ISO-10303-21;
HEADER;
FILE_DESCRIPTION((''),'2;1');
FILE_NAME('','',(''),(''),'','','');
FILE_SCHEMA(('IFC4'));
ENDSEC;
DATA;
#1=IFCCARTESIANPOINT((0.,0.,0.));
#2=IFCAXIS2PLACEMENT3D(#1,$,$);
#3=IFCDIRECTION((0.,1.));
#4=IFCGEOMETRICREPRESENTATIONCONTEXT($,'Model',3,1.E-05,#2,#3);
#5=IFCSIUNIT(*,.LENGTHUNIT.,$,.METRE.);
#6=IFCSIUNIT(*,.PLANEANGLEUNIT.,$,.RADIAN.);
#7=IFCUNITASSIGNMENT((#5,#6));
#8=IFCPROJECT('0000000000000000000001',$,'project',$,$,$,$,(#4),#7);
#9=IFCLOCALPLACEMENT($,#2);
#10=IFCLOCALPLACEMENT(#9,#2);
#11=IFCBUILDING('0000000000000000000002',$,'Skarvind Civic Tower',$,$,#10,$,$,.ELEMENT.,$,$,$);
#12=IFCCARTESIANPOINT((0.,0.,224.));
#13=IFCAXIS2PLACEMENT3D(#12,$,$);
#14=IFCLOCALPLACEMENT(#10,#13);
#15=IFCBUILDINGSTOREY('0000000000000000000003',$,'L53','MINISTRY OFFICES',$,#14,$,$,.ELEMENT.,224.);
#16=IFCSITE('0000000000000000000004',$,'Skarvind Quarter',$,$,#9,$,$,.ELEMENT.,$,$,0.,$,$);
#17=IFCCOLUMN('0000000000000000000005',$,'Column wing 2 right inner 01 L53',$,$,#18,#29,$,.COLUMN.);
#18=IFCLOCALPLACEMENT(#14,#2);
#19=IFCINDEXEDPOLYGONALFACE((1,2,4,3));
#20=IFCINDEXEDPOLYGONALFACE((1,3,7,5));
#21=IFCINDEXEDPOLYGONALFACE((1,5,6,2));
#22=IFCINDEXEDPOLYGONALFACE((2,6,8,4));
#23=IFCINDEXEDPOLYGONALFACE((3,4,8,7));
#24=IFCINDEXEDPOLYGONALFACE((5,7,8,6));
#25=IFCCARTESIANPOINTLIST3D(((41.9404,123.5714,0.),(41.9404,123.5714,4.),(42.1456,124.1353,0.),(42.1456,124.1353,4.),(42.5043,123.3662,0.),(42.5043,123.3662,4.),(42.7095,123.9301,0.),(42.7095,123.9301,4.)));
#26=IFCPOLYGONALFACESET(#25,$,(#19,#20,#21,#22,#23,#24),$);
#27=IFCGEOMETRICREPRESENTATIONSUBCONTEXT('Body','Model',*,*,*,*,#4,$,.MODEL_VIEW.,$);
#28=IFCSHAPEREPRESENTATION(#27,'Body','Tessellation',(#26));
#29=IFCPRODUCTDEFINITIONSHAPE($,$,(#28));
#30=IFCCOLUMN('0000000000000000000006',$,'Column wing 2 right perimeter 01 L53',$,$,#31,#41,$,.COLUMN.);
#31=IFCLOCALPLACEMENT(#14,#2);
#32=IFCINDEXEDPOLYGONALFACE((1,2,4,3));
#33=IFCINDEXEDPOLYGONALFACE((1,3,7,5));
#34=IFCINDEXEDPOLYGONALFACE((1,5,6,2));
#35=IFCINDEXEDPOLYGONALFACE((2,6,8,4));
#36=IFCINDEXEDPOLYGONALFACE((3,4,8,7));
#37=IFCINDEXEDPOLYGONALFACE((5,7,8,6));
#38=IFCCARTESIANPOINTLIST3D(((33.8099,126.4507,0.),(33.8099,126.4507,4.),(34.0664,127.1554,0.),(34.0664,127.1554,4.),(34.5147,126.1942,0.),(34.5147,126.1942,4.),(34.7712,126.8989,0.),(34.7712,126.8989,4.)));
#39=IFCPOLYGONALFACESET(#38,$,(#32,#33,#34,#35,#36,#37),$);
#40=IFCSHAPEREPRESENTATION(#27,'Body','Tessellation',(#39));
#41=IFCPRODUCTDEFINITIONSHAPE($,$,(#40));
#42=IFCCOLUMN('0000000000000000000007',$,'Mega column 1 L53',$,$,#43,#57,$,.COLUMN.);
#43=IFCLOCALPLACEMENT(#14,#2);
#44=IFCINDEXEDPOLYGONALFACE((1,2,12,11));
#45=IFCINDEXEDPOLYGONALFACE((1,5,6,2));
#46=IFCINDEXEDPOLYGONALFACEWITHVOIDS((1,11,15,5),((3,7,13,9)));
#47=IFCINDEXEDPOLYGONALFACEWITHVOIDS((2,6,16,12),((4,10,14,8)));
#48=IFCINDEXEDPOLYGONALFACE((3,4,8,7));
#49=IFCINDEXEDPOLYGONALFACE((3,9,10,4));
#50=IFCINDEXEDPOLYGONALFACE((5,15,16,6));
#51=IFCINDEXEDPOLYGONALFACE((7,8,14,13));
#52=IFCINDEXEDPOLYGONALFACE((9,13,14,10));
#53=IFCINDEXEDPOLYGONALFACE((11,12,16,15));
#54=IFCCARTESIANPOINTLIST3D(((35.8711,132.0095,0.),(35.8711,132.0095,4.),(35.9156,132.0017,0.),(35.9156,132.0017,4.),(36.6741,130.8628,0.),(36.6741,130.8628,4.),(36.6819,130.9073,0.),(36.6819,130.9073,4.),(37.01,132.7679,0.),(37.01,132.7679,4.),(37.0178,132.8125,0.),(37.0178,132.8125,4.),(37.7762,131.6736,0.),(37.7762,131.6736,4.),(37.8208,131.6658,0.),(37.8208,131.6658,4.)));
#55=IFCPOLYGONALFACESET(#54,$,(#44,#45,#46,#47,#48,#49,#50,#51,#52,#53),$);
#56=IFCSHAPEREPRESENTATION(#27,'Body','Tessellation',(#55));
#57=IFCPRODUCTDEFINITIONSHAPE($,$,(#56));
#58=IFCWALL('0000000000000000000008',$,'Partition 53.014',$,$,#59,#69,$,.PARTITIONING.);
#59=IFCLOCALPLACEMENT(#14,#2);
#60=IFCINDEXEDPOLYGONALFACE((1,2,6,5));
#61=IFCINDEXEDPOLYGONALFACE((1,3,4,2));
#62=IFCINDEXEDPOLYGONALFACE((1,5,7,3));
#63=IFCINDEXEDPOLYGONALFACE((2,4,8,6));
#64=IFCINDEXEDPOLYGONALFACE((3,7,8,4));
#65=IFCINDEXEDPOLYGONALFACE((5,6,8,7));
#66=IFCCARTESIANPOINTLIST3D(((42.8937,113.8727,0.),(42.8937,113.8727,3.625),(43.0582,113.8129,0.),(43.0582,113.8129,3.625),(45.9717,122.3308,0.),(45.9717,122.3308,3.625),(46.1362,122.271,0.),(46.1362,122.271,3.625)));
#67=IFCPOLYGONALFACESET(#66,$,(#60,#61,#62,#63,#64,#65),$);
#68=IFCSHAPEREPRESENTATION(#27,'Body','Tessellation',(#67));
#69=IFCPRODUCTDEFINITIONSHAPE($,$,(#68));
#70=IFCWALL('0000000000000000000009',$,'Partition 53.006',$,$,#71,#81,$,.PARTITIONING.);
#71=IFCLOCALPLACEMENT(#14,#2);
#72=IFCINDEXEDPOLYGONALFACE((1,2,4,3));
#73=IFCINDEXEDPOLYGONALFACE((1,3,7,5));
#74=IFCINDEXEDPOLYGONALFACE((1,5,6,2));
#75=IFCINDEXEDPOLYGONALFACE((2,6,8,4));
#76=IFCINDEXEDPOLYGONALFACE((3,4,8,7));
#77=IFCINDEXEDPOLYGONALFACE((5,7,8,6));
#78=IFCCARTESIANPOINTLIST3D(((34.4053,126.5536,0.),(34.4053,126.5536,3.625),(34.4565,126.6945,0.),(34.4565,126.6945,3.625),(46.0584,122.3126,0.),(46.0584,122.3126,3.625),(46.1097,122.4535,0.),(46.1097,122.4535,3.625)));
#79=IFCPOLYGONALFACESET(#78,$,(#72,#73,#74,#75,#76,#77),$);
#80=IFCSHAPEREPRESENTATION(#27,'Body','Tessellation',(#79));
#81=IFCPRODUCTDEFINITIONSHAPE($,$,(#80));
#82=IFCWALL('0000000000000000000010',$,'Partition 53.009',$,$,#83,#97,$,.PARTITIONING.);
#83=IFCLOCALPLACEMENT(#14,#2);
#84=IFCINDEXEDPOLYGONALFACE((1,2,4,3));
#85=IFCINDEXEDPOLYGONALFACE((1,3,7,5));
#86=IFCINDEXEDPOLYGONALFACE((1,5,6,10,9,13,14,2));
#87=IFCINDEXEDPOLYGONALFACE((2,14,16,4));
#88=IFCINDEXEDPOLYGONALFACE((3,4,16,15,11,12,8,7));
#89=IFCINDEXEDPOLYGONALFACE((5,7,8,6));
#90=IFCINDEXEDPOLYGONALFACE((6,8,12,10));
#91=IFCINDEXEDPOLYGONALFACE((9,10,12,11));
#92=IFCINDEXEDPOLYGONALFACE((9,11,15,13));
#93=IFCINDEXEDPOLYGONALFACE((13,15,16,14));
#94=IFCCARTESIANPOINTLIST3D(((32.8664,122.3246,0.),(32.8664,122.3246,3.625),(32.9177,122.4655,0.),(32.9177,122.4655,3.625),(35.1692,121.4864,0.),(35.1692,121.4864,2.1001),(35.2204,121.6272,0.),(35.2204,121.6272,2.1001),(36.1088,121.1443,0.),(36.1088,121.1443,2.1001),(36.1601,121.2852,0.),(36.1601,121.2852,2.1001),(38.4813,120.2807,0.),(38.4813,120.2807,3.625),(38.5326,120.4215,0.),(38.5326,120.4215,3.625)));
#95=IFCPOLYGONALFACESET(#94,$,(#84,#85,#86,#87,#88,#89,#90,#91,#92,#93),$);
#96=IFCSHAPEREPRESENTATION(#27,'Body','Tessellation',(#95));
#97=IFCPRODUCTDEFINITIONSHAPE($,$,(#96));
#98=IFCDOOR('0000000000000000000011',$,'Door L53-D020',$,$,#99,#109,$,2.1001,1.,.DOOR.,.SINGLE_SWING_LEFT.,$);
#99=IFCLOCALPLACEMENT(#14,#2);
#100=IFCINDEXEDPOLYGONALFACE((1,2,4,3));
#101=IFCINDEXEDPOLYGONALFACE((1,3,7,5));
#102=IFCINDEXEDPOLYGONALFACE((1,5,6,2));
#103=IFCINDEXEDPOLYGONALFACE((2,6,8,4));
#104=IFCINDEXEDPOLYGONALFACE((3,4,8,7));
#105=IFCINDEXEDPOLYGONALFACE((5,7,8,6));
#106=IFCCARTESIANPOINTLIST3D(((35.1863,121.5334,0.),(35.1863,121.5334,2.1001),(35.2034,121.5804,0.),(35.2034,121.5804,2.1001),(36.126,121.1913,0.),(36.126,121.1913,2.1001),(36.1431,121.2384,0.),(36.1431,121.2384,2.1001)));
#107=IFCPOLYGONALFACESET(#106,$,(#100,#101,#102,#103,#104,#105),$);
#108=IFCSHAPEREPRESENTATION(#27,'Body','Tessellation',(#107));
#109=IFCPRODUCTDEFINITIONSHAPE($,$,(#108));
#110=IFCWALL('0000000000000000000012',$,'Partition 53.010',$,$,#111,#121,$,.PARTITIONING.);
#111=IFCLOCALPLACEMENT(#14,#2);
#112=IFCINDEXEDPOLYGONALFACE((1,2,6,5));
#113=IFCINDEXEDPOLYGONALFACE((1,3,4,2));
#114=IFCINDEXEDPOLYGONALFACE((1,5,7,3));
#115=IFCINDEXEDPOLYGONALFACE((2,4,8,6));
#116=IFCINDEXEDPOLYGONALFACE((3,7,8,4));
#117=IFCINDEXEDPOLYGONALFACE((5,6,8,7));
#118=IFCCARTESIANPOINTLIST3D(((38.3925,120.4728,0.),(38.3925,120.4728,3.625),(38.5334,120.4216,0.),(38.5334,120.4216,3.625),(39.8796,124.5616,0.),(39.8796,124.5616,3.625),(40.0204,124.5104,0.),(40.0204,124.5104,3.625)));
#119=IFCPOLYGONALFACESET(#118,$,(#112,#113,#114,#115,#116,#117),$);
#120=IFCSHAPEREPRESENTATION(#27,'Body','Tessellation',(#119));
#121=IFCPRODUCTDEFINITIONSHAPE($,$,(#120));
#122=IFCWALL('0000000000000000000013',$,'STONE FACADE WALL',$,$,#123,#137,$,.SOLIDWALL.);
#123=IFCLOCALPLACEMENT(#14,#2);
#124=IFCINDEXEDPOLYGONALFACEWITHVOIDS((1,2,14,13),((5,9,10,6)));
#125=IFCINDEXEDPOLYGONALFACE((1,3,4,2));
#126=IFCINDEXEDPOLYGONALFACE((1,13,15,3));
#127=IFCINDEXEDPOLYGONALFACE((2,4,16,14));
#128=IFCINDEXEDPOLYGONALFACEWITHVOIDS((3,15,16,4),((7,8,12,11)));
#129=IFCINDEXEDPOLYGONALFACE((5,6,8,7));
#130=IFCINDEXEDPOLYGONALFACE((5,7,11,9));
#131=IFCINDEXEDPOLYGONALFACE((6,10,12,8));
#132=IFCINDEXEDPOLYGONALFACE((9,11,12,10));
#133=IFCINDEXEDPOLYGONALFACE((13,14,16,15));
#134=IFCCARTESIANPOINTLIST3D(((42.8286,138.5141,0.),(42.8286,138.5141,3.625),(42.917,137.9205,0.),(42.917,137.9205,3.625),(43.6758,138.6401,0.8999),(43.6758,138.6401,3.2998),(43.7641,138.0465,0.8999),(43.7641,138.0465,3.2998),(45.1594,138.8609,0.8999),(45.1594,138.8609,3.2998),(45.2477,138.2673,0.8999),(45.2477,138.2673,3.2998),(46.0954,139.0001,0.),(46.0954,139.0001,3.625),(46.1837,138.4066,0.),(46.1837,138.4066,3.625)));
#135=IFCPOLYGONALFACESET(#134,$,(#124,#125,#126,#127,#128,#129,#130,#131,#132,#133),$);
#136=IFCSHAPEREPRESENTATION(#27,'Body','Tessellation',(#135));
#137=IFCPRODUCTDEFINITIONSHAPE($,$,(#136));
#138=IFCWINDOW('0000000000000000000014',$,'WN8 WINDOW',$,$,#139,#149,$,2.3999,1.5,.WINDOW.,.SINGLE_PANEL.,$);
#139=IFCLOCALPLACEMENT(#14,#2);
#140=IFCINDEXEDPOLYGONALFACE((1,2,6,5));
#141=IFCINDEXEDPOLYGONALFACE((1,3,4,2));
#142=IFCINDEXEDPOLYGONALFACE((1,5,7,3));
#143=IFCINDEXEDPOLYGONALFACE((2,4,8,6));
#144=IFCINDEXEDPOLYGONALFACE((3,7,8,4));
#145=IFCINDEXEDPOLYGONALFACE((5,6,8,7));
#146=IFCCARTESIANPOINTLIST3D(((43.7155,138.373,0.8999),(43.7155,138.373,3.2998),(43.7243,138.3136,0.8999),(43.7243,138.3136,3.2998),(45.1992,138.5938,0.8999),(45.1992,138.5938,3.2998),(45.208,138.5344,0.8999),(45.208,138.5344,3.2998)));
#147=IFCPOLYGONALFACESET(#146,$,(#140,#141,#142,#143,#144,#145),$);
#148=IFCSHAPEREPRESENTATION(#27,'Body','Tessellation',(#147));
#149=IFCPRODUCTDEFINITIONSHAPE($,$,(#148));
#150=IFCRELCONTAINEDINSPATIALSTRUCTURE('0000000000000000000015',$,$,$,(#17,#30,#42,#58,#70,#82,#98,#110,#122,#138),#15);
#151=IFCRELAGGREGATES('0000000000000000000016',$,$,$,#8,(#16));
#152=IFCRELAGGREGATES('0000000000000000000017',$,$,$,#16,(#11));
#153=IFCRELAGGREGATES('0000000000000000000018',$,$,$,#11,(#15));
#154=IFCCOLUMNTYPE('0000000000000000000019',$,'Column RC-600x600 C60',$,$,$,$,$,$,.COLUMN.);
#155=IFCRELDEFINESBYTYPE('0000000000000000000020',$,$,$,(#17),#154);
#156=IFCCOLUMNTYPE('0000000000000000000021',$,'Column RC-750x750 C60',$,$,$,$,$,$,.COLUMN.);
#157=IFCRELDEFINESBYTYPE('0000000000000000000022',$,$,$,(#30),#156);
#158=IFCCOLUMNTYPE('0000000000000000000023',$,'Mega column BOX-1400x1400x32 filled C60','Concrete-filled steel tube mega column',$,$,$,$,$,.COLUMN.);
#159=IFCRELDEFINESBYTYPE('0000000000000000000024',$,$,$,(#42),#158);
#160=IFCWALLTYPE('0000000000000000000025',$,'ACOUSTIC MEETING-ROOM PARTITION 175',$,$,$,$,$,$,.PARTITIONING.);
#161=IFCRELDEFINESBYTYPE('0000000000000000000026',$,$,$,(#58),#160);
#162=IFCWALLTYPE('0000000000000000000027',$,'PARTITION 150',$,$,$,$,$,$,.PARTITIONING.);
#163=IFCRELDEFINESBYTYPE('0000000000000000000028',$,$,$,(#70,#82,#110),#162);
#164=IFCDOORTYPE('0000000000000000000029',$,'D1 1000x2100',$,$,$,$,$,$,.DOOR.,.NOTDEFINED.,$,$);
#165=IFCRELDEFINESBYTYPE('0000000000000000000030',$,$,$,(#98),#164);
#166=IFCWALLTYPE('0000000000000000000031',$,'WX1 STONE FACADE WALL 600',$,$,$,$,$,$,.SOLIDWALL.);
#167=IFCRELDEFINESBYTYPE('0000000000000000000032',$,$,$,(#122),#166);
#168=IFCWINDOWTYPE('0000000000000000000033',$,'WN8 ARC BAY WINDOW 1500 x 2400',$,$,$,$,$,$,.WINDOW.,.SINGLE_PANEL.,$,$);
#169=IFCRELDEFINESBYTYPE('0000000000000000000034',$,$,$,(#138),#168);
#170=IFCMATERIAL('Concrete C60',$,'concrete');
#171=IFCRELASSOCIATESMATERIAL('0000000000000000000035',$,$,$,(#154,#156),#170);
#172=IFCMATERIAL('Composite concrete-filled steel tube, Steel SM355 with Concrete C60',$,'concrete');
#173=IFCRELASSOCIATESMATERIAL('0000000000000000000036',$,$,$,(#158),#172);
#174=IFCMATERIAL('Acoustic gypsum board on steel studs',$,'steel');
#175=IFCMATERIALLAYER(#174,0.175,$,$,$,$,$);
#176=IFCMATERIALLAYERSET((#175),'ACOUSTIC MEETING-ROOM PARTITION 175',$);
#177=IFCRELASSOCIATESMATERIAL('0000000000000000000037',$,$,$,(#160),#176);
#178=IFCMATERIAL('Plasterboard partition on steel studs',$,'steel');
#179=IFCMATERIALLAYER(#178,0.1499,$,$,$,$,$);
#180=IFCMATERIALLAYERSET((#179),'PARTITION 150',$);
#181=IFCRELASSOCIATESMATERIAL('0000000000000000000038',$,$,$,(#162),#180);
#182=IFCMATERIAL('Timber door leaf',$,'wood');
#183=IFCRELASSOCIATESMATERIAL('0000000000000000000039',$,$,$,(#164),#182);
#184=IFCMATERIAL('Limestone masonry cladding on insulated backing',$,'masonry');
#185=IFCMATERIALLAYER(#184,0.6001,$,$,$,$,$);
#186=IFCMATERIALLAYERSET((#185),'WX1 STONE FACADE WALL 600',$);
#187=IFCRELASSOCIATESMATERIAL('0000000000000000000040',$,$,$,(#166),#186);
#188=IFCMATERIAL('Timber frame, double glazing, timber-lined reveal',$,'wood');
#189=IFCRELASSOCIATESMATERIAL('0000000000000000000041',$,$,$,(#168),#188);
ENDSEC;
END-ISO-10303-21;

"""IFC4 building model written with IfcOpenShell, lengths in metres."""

from ifc_helpers import new_model, si_unit, direction, frame, frame_2d, origin, origin_2d, place, context, subcontext, project, spatial, rectangle, hollow_rectangle, extrude, material, layer, layer_set, material_profile, profile_set, type_object, element, fill, save


model = new_model("IFC4")

# Units and contexts
model_context = context("Model", 3, precision=1e-05, world=origin(), true_north=direction((0.0, 1.0)))
body_context = subcontext(model_context, "Body", "Model", "MODEL_VIEW")
ifc_project = project(units=[si_unit("LENGTHUNIT", "METRE"), si_unit("PLANEANGLEUNIT", "RADIAN")], contexts=[model_context])

# Site, building, storey
site_placement = place(None, origin())
site = spatial("IfcSite", under=ifc_project, at=site_placement, Name="Skarvind Quarter", CompositionType="ELEMENT", RefElevation=0.0)
building_placement = place(site_placement, origin())
building = spatial("IfcBuilding", under=site, at=building_placement, Name="Skarvind Civic Tower", CompositionType="ELEMENT")
storey_placement = place(building_placement, frame((0.0, 0.0, 224.0)))
storey = spatial("IfcBuildingStorey", under=building, at=storey_placement, Name="L53", Description="MINISTRY OFFICES", CompositionType="ELEMENT", Elevation=224.0)

# Columns
ifc_material_1 = material(Name="Concrete C60", Category="concrete")
ifc_material_profile_1 = material_profile(ifc_material_1, rectangle(XDim=0.6001, YDim=0.6001, at=origin_2d()), Name="RC-600x600")
ifc_profile_set_1 = profile_set([ifc_material_profile_1], Name="Concrete C60")
column_type_1 = type_object("IfcColumnType", Name="Column RC-600x600 C60", PredefinedType="COLUMN", material=ifc_profile_set_1)
column_1_placement = place(storey_placement, frame((42.325, 123.7507, 0.0), z_axis=(0.0, 0.0, 1.0), x_axis=(-0.34202, -0.939693, 0.0)))
element("IfcColumn", 1, at=column_1_placement, inside=storey, type_object=column_type_1, Name="Column wing 2 right inner 01 L53", PredefinedType="COLUMN", context=body_context, shape_type="SweptSolid", body=[
    extrude(rectangle(XDim=0.6001, YDim=0.6001, at=origin_2d()), origin(), (0.0, 0.0, 1.0), 4.0),
])
ifc_material_profile_2 = material_profile(ifc_material_1, rectangle(XDim=0.75, YDim=0.75, at=origin_2d()), Name="RC-750x750")
ifc_profile_set_2 = profile_set([ifc_material_profile_2], Name="Concrete C60")
column_type_2 = type_object("IfcColumnType", Name="Column RC-750x750 C60", PredefinedType="COLUMN", material=ifc_profile_set_2)
column_2_placement = place(storey_placement, frame((34.2905, 126.6748, 0.0), z_axis=(0.0, 0.0, 1.0), x_axis=(-0.34202, -0.939693, 0.0)))
element("IfcColumn", 2, at=column_2_placement, inside=storey, type_object=column_type_2, Name="Column wing 2 right perimeter 01 L53", PredefinedType="COLUMN", context=body_context, shape_type="SweptSolid", body=[
    extrude(rectangle(XDim=0.75, YDim=0.75, at=origin_2d()), origin(), (0.0, 0.0, 1.0), 4.0),
])
ifc_material_2 = material(Name="Composite concrete-filled steel tube, Steel SM355 with Concrete C60", Category="concrete")
ifc_material_profile_3 = material_profile(ifc_material_2, hollow_rectangle(XDim=1.3999, YDim=1.3999, WallThickness=0.032, at=origin_2d()), Name="BOX-1400x1400x32")
ifc_profile_set_3 = profile_set([ifc_material_profile_3], Name="Composite concrete-filled steel tube, Steel SM355 with Concrete C60")
column_type_3 = type_object("IfcColumnType", Name="Mega column BOX-1400x1400x32 filled C60", Description="Concrete-filled steel tube mega column", PredefinedType="COLUMN", material=ifc_profile_set_3)
column_3_placement = place(storey_placement, frame((36.8459, 131.8376, 0.0), z_axis=(0.0, 0.0, 1.0), x_axis=(0.573576, -0.819152, 0.0)))
element("IfcColumn", 3, at=column_3_placement, inside=storey, type_object=column_type_3, Name="Mega column 1 L53", PredefinedType="COLUMN", context=body_context, shape_type="SweptSolid", body=[
    extrude(hollow_rectangle(XDim=1.3999, YDim=1.3999, WallThickness=0.032, at=origin_2d()), origin(), (0.0, 0.0, 1.0), 4.0),
])

# Walls
ifc_material_3 = material(Name="Acoustic gypsum board on steel studs", Category="steel")
ifc_layer_1 = layer(ifc_material_3, 0.175)
ifc_layer_set_1 = layer_set([ifc_layer_1], Name="ACOUSTIC MEETING-ROOM PARTITION 175")
wall_type_1 = type_object("IfcWallType", Name="ACOUSTIC MEETING-ROOM PARTITION 175", PredefinedType="PARTITIONING", material=ifc_layer_set_1)
wall_1_placement = place(storey_placement, frame((46.054, 122.301, 0.0), z_axis=(0.0, 0.0, 1.0), x_axis=(-0.341963, -0.939713, 0.0)))
element("IfcWall", 4, at=wall_1_placement, inside=storey, type_object=wall_type_1, Name="Partition 53.014", PredefinedType="PARTITIONING", context=body_context, shape_type="SweptSolid", body=[
    extrude(rectangle(XDim=9.0007, YDim=0.175, at=frame_2d((4.5005, 0.0))), origin(), (0.0, 0.0, 1.0), 3.625),
])
ifc_material_4 = material(Name="Plasterboard partition on steel studs", Category="steel")
ifc_layer_2 = layer(ifc_material_4, 0.1499)
ifc_layer_set_2 = layer_set([ifc_layer_2], Name="PARTITION 150")
wall_type_2 = type_object("IfcWallType", Name="PARTITION 150", PredefinedType="PARTITIONING", material=ifc_layer_set_2)
wall_2_placement = place(storey_placement, frame((34.4309, 126.624, 0.0), z_axis=(0.0, 0.0, 1.0), x_axis=(0.939703, -0.341991, 0.0)))
element("IfcWall", 5, at=wall_2_placement, inside=storey, type_object=wall_type_2, Name="Partition 53.006", PredefinedType="PARTITIONING", context=body_context, shape_type="SweptSolid", body=[
    extrude(rectangle(XDim=12.4009, YDim=0.1499, at=frame_2d((6.2004, 0.0))), origin(), (0.0, 0.0, 1.0), 3.625),
])

# Wall, opening, door
wall_3_placement = place(storey_placement, frame((38.5071, 120.3511, 0.0), z_axis=(0.0, 0.0, 1.0), x_axis=(-0.939679, 0.342058, 0.0)))
wall_3 = element("IfcWall", 6, at=wall_3_placement, inside=storey, type_object=wall_type_2, Name="Partition 53.009", PredefinedType="PARTITIONING", context=body_context, shape_type="SweptSolid", body=[
    extrude(rectangle(XDim=5.9753, YDim=0.1499, at=frame_2d((2.9878, 0.0))), origin(), (0.0, 0.0, 1.0), 3.625),
])
opening_1_placement = place(wall_3_placement, frame((2.5249, 0.0, 0.0)))
opening_1 = element("IfcOpeningElement", 7, at=opening_1_placement, cuts=wall_3, PredefinedType="OPENING", context=body_context, shape_type="SweptSolid", body=[
    extrude(rectangle(XDim=1.0, YDim=2.1001, at=frame_2d((0.5, 1.05))), frame((0.0, 0.085, 0.0), z_axis=(0.0, -1.0, 0.0), x_axis=(1.0, 0.0, 0.0)), (0.0, 0.0, 1.0), 0.1699),
])
ifc_material_5 = material(Name="Timber door leaf", Category="wood")
door_type = type_object("IfcDoorType", Name="D1 1000x2100", OperationType="NOTDEFINED", PredefinedType="DOOR", material=ifc_material_5)
door_placement = place(opening_1_placement, origin())
door = element("IfcDoor", 8, at=door_placement, inside=storey, type_object=door_type, Name="Door L53-D020", OperationType="SINGLE_SWING_LEFT", OverallHeight=2.1001, OverallWidth=1.0, PredefinedType="DOOR", context=body_context, shape_type="SweptSolid", body=[
    extrude(rectangle(XDim=1.0, YDim=2.1001, at=frame_2d((0.5, 1.05))), frame((0.0, 0.0249, 0.0), z_axis=(0.0, -1.0, 0.0), x_axis=(1.0, 0.0, 0.0)), (0.0, 0.0, 1.0), 0.05),
])
fill(opening_1, door)

# Wall
wall_4_placement = place(storey_placement, frame((39.95, 124.5359, 0.0), z_axis=(0.0, 0.0, 1.0), x_axis=(-0.341784, -0.939779, 0.0)))
element("IfcWall", 9, at=wall_4_placement, inside=storey, type_object=wall_type_2, Name="Partition 53.010", PredefinedType="PARTITIONING", context=body_context, shape_type="SweptSolid", body=[
    extrude(rectangle(XDim=4.3508, YDim=0.1499, at=frame_2d((2.1753, 0.0))), origin(), (0.0, 0.0, 1.0), 3.625),
])

# Shared definitions
ifc_material_6 = material(Name="Limestone masonry cladding on insulated backing", Category="masonry")
ifc_layer_3 = layer(ifc_material_6, 0.6001)
ifc_layer_set_3 = layer_set([ifc_layer_3], Name="WX1 STONE FACADE WALL 600")
wall_type_3 = type_object("IfcWallType", Name="WX1 STONE FACADE WALL 600", PredefinedType="SOLIDWALL", material=ifc_layer_set_3)
ifc_material_7 = material(Name="Timber frame, double glazing, timber-lined reveal", Category="wood")

# Wall, opening, window
wall_5_placement = place(storey_placement, frame((42.8728, 138.2173, 0.0), z_axis=(0.0, 0.0, 1.0), x_axis=(0.989111, 0.147173, 0.0)))
wall_5 = element("IfcWall", 10, at=wall_5_placement, inside=storey, type_object=wall_type_3, Name="STONE FACADE WALL", PredefinedType="SOLIDWALL", context=body_context, shape_type="SweptSolid", body=[
    extrude(rectangle(XDim=3.3027, YDim=0.6001, at=frame_2d((1.6514, 0.0))), origin(), (0.0, 0.0, 1.0), 3.625),
])
opening_2_placement = place(wall_5_placement, frame((0.8564, 0.0, 0.8999)))
opening_2 = element("IfcOpeningElement", 11, at=opening_2_placement, cuts=wall_5, PredefinedType="OPENING", context=body_context, shape_type="SweptSolid", body=[
    extrude(rectangle(XDim=1.5, YDim=2.3999, at=frame_2d((0.75, 1.2))), frame((0.0, 0.3101, 0.0), z_axis=(0.0, -1.0, 0.0), x_axis=(1.0, 0.0, 0.0)), (0.0, 0.0, 1.0), 0.6201),
])
window_type_1 = type_object("IfcWindowType", Name="WN8 ARC BAY WINDOW 1500 x 2400", PartitioningType="SINGLE_PANEL", PredefinedType="WINDOW", material=ifc_material_7)
window_1_placement = place(opening_2_placement, origin())
window_1 = element("IfcWindow", 12, at=window_1_placement, inside=storey, type_object=window_type_1, Name="WN8 WINDOW", OverallHeight=2.3999, OverallWidth=1.5, PartitioningType="SINGLE_PANEL", PredefinedType="WINDOW", context=body_context, shape_type="SweptSolid", body=[
    extrude(rectangle(XDim=1.5, YDim=2.3999, at=frame_2d((0.75, 1.2))), frame((0.0, 0.03, 0.0), z_axis=(0.0, -1.0, 0.0), x_axis=(1.0, 0.0, 0.0)), (0.0, 0.0, 1.0), 0.0601),
])
fill(opening_2, window_1)

save(model, "model.ifc")
